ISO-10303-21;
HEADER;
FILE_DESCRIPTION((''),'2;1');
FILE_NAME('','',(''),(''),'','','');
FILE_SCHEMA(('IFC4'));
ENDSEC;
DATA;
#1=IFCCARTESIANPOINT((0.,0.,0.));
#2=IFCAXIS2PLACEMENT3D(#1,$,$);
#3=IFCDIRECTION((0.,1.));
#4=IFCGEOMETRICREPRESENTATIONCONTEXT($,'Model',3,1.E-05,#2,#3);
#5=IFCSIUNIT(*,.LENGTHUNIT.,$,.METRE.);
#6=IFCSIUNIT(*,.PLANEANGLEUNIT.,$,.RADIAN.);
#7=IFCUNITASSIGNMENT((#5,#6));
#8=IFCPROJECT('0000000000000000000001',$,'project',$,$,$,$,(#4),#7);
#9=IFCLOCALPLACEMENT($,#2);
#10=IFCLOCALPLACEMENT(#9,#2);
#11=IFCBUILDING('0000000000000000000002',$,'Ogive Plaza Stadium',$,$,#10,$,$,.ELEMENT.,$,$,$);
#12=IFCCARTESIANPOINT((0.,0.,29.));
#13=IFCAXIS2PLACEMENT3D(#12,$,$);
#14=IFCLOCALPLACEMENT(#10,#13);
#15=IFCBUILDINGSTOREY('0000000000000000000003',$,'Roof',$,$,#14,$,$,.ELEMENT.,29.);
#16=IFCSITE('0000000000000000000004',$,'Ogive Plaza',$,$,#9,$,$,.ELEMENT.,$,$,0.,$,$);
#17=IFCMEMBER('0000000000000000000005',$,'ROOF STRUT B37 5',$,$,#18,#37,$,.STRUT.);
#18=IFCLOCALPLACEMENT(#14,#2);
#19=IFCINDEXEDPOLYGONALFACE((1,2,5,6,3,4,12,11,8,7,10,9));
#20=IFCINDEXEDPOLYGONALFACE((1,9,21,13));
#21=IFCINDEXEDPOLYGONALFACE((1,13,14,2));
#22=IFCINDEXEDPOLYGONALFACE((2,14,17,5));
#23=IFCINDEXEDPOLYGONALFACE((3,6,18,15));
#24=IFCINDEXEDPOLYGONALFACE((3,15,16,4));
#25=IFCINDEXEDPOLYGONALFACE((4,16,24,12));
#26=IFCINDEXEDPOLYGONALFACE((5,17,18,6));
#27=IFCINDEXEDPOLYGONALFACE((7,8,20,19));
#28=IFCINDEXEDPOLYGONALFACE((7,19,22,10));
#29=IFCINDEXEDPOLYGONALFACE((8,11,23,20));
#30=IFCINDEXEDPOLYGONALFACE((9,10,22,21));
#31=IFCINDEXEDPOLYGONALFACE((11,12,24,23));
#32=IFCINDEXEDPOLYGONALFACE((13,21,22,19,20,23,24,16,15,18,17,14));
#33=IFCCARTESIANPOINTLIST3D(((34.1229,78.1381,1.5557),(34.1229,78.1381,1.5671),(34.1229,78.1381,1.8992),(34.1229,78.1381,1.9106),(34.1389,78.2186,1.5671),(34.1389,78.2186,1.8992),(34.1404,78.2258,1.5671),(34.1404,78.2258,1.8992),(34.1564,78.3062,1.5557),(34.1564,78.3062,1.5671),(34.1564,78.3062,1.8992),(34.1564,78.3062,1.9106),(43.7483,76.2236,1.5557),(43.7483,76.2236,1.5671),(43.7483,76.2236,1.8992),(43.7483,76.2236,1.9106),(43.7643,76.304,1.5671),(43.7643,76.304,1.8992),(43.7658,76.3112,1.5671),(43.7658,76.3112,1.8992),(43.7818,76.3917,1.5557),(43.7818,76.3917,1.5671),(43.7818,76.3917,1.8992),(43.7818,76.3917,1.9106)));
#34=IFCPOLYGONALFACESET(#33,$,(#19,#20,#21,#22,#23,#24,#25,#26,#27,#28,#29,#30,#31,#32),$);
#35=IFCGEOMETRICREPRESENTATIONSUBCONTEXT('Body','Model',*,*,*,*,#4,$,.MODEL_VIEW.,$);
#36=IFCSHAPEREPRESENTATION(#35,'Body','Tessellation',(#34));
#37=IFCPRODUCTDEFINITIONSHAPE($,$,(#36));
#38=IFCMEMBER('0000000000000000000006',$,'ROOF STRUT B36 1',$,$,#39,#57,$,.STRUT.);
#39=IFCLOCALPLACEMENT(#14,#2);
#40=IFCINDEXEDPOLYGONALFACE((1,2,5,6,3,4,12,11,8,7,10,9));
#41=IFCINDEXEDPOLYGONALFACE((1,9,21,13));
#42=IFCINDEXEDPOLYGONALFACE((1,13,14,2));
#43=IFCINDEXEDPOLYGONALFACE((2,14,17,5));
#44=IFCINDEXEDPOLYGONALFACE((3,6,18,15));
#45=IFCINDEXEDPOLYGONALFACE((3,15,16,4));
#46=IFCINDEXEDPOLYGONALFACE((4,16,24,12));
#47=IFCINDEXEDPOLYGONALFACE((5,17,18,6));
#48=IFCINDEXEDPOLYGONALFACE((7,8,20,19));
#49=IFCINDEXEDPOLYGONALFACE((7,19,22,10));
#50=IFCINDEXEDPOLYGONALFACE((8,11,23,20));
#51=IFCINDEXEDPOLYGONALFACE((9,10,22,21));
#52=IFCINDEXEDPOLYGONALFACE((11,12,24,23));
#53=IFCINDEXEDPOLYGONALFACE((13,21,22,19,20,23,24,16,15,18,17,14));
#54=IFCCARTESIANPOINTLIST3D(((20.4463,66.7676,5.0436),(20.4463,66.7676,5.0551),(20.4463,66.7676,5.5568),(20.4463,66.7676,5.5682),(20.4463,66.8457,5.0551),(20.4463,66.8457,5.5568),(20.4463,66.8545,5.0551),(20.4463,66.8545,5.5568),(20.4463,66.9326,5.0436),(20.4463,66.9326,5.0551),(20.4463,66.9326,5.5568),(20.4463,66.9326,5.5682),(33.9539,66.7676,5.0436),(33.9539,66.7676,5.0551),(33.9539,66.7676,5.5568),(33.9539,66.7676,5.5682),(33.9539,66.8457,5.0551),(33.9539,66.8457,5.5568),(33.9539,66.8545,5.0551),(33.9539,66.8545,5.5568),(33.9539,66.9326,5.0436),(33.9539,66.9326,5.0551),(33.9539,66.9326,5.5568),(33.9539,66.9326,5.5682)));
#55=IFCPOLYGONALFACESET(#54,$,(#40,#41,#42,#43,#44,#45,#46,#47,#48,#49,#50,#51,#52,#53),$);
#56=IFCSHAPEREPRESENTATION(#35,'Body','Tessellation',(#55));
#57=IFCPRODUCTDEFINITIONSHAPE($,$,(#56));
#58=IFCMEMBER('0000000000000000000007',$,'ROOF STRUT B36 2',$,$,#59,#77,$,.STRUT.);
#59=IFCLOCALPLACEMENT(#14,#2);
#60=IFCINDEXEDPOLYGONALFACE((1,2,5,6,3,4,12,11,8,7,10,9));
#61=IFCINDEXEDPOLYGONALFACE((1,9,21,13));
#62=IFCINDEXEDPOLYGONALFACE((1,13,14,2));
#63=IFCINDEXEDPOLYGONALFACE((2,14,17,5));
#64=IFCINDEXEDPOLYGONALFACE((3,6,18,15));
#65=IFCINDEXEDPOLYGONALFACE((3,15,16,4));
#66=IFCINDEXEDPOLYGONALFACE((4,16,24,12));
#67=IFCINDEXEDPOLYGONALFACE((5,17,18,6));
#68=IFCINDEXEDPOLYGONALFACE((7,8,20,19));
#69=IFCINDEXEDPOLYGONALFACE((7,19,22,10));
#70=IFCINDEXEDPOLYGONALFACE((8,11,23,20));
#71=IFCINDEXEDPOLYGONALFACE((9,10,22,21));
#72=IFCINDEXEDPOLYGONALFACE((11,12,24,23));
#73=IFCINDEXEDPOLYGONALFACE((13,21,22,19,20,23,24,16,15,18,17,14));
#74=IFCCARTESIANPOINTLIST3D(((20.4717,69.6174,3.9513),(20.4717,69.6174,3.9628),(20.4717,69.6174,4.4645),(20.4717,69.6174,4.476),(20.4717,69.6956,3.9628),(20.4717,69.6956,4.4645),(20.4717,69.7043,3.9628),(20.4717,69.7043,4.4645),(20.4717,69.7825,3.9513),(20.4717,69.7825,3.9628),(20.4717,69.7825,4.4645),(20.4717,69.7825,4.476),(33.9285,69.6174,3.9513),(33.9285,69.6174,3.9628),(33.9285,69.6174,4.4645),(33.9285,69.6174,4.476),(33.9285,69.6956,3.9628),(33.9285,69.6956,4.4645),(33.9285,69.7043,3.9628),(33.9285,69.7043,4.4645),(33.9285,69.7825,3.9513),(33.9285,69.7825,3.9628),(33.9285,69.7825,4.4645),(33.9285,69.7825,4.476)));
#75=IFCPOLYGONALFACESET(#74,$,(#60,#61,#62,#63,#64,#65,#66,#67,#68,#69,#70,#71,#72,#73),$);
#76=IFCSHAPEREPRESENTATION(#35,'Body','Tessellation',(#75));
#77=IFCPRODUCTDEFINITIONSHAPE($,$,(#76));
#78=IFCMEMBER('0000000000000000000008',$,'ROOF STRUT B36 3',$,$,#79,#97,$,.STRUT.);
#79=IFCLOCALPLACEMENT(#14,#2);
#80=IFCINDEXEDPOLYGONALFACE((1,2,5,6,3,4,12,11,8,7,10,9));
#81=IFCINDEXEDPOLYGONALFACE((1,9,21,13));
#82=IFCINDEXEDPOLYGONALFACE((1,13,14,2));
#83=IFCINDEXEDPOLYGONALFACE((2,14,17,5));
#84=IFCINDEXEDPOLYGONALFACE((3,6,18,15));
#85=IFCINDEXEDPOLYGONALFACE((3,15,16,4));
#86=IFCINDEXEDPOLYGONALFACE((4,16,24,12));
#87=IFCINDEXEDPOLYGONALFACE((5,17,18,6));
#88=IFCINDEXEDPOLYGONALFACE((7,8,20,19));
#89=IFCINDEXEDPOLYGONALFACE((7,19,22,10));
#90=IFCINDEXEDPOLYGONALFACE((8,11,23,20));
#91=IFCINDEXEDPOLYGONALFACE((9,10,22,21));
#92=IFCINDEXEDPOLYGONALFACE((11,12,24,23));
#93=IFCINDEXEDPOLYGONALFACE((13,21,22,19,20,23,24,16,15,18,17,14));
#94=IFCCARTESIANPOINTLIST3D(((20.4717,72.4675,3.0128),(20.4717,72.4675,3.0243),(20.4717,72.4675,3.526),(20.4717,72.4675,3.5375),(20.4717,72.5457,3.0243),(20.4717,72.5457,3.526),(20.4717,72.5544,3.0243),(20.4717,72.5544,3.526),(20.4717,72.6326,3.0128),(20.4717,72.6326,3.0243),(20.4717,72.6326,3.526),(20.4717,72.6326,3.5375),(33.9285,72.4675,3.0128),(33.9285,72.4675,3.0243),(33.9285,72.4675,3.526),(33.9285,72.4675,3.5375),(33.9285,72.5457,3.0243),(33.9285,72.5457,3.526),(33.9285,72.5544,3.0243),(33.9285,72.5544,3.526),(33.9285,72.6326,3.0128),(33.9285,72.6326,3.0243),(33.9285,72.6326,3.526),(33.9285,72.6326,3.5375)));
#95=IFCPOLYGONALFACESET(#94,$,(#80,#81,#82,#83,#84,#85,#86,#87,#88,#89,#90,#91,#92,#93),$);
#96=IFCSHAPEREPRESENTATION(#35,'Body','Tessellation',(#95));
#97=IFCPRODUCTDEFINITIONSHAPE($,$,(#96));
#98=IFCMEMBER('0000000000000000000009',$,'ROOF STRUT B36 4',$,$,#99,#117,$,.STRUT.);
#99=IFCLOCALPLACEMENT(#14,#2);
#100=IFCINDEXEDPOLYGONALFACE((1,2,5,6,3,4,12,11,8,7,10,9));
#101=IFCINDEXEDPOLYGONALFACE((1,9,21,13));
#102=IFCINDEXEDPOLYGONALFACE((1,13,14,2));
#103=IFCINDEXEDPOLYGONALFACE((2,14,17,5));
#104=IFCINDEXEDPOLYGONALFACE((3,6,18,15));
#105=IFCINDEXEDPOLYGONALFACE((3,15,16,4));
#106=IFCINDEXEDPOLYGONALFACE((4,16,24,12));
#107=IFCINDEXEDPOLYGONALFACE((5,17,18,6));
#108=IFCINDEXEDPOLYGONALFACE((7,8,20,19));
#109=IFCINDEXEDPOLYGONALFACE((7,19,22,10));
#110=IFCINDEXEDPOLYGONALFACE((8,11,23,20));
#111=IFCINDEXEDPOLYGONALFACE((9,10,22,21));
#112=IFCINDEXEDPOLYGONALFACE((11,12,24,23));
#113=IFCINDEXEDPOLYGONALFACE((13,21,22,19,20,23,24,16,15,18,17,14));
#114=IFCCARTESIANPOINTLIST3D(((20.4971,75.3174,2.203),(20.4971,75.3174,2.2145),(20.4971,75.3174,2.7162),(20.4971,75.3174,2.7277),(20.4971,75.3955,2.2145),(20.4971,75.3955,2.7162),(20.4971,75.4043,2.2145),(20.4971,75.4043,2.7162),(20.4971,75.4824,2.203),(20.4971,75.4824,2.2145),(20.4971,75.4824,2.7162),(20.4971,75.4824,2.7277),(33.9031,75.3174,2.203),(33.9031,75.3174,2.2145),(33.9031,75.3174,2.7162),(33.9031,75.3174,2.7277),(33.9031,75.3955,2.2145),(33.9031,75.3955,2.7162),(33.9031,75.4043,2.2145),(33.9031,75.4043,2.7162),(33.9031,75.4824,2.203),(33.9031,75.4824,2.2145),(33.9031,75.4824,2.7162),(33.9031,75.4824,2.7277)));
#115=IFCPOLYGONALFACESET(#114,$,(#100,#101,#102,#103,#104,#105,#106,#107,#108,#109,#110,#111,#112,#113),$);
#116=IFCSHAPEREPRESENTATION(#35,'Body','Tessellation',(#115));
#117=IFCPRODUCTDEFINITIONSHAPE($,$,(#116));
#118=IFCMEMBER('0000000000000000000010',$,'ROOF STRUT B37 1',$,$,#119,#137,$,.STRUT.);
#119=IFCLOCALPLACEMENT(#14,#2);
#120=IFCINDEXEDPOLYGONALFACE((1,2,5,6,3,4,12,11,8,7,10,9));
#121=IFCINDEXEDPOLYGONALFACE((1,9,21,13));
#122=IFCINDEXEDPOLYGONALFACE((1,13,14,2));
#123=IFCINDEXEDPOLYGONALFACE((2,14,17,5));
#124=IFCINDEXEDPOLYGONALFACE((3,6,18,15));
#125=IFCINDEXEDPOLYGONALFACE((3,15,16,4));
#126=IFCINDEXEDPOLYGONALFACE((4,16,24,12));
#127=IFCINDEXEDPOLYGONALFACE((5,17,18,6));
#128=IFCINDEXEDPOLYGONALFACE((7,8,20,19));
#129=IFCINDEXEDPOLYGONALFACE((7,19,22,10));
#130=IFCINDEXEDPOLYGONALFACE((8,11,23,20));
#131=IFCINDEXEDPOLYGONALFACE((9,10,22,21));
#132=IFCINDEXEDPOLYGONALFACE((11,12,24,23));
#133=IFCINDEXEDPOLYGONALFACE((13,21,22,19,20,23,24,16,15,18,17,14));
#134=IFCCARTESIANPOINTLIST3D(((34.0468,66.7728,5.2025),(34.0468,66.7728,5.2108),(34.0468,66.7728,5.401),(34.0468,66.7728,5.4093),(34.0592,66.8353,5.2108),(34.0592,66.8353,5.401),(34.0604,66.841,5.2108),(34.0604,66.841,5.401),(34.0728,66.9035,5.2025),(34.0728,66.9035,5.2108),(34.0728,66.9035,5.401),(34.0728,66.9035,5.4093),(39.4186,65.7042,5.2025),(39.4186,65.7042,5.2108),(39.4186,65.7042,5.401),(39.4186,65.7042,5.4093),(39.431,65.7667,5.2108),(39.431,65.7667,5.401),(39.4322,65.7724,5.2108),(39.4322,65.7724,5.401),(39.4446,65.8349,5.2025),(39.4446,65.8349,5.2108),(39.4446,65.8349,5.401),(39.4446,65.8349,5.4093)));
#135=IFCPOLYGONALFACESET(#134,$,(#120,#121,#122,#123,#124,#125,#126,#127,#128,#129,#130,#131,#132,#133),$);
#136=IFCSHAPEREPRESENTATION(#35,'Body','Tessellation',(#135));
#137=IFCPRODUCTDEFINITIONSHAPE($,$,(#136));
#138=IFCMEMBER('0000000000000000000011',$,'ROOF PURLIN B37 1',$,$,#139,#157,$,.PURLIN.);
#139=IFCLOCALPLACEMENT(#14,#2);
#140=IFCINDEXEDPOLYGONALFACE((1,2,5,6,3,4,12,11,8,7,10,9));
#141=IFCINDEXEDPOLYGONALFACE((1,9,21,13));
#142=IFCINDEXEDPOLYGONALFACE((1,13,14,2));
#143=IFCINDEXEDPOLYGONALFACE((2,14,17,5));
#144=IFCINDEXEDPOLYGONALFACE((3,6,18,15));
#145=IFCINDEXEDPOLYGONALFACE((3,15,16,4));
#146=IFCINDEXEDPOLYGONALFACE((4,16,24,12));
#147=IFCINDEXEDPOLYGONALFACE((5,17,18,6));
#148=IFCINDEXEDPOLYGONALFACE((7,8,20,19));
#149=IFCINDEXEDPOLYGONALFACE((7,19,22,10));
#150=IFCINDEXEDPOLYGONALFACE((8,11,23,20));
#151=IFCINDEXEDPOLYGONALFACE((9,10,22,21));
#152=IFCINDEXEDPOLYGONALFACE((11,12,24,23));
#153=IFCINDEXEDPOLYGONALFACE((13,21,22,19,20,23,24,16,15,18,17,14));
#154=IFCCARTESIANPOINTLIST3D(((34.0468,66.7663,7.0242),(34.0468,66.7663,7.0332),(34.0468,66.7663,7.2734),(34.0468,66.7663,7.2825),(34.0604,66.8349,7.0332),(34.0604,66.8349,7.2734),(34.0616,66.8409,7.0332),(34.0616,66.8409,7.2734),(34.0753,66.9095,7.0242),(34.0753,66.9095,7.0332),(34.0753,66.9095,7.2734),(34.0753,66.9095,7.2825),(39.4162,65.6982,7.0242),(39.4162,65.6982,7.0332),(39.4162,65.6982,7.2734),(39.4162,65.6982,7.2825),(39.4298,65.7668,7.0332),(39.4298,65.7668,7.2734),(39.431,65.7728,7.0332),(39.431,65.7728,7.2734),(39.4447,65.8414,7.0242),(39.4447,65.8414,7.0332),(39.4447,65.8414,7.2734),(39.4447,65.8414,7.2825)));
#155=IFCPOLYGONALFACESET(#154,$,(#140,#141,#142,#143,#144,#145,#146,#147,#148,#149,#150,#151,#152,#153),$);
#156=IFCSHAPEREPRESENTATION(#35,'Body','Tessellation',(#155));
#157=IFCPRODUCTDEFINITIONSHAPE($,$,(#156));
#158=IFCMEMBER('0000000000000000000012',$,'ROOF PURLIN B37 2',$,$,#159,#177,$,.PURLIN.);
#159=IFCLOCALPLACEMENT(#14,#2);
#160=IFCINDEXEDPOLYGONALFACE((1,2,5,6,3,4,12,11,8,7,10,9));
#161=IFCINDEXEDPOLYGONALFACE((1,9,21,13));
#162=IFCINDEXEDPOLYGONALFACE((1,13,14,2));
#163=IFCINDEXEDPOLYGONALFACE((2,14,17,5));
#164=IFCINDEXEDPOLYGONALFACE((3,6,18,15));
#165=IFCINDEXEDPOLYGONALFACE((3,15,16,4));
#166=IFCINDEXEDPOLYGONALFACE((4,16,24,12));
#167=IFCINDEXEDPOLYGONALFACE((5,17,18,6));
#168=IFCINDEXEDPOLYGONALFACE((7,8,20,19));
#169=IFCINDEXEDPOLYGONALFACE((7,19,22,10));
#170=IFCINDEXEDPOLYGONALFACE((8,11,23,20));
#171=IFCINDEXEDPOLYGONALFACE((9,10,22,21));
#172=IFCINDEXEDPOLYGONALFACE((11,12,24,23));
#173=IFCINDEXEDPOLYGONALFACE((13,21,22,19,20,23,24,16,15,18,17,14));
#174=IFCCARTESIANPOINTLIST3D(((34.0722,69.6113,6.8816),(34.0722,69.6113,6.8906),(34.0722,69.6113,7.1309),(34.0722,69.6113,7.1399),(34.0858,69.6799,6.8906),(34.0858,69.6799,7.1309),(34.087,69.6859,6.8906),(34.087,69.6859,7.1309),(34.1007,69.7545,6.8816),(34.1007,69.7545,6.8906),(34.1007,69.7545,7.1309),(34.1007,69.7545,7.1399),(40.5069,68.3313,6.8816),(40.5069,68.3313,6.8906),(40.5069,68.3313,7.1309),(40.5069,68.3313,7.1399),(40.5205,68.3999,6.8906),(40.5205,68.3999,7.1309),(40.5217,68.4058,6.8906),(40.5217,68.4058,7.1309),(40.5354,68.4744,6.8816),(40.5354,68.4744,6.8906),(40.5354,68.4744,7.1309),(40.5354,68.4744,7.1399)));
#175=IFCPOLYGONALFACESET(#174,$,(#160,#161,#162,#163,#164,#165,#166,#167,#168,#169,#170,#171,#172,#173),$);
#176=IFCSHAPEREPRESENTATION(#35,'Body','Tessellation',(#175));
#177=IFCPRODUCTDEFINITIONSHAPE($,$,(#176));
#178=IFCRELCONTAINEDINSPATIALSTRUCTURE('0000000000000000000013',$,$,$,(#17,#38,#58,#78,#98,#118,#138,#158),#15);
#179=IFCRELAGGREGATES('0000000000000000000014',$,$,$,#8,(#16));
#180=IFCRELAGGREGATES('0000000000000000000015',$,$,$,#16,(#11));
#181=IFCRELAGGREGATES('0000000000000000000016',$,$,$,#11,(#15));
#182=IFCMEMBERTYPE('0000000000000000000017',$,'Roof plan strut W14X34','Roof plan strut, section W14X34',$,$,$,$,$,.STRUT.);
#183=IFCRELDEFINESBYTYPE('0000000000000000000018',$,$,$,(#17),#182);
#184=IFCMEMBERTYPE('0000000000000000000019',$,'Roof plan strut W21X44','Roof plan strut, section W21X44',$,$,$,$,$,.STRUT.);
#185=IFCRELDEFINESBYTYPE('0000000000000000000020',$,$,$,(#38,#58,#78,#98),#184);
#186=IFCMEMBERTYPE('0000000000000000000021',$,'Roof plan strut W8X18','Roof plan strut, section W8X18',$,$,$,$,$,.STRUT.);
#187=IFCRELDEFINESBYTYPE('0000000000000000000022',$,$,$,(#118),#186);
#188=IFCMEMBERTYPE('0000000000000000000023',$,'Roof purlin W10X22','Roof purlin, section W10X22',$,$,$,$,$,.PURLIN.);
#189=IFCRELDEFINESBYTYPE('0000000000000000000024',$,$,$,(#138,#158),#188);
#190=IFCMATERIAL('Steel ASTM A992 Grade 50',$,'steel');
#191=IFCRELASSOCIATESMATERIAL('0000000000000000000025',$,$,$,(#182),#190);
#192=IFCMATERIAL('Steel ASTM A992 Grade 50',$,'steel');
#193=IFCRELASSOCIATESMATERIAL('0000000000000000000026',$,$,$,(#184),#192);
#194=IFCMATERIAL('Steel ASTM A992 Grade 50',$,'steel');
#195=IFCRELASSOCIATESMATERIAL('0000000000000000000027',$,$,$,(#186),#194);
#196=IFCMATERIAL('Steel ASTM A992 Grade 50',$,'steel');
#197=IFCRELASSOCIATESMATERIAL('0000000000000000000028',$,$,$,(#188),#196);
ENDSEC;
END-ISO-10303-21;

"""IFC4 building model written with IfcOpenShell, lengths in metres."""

from ifc_helpers import new_model, si_unit, direction, frame, origin, origin_2d, place, context, subcontext, project, spatial, i_section, extrude, material, material_profile, profile_set, type_object, element, save


model = new_model("IFC4")

# Units and contexts
model_context = context("Model", 3, precision=1e-05, world=origin(), true_north=direction((0.0, 1.0)))
body_context = subcontext(model_context, "Body", "Model", "MODEL_VIEW")
ifc_project = project(units=[si_unit("LENGTHUNIT", "METRE"), si_unit("PLANEANGLEUNIT", "RADIAN")], contexts=[model_context])

# Site, building, storey
site_placement = place(None, origin())
site = spatial("IfcSite", under=ifc_project, at=site_placement, Name="Ogive Plaza", CompositionType="ELEMENT", RefElevation=0.0)
building_placement = place(site_placement, origin())
building = spatial("IfcBuilding", under=site, at=building_placement, Name="Ogive Plaza Stadium", CompositionType="ELEMENT")
storey_placement = place(building_placement, frame((0.0, 0.0, 29.0)))
storey = spatial("IfcBuildingStorey", under=building, at=storey_placement, Name="Roof", CompositionType="ELEMENT", Elevation=29.0)

# Members
ifc_material_1 = material(Name="Steel ASTM A992 Grade 50", Category="steel")
ifc_material_profile_1 = material_profile(ifc_material_1, i_section(OverallWidth=0.1714, OverallDepth=0.355, WebThickness=0.0073, FlangeThickness=0.0115, at=origin_2d()), Name="W14X34")
ifc_profile_set_1 = profile_set([ifc_material_profile_1], Name="Steel ASTM A992 Grade 50")
member_type_1 = type_object("IfcMemberType", Name="Roof plan strut W14X34", Description="Roof plan strut, section W14X34", PredefinedType="STRUT", material=ifc_profile_set_1)
member_1_placement = place(storey_placement, frame((34.1396, 78.2222, 1.7332), z_axis=(0.980787, -0.195083, 0.0), x_axis=(0.195083, 0.980787, 0.0)))
element("IfcMember", 1, at=member_1_placement, inside=storey, type_object=member_type_1, Name="ROOF STRUT B37 5", PredefinedType="STRUT", context=body_context, shape_type="SweptSolid", body=[
    extrude(i_section(OverallWidth=0.1714, OverallDepth=0.355, WebThickness=0.0073, FlangeThickness=0.0115, at=origin_2d()), origin(), (0.0, 0.0, 1.0), 9.814),
])
ifc_material_2 = material(Name="Steel ASTM A992 Grade 50", Category="steel")
ifc_material_profile_2 = material_profile(ifc_material_2, i_section(OverallWidth=0.165, OverallDepth=0.5247, WebThickness=0.0088, FlangeThickness=0.0115, at=origin_2d()), Name="W21X44")
ifc_profile_set_2 = profile_set([ifc_material_profile_2], Name="Steel ASTM A992 Grade 50")
member_type_2 = type_object("IfcMemberType", Name="Roof plan strut W21X44", Description="Roof plan strut, section W21X44", PredefinedType="STRUT", material=ifc_profile_set_2)
member_2_placement = place(storey_placement, frame((20.4463, 66.8501, 5.3059), z_axis=(1.0, 0.0, 0.0), x_axis=(0.0, 1.0, 0.0)))
element("IfcMember", 2, at=member_2_placement, inside=storey, type_object=member_type_2, Name="ROOF STRUT B36 1", PredefinedType="STRUT", context=body_context, shape_type="SweptSolid", body=[
    extrude(i_section(OverallWidth=0.165, OverallDepth=0.5247, WebThickness=0.0088, FlangeThickness=0.0115, at=origin_2d()), origin(), (0.0, 0.0, 1.0), 13.5076),
])
for number, where, z_axis, x_axis, name in (
    (3, (20.4717, 69.7, 4.2136), (1.0, 0.0, 0.0), (0.0, 1.0, 0.0), "ROOF STRUT B36 2"),
    (4, (20.4717, 72.55, 3.2751), (1.0, 0.0, 0.0), (0.0, 1.0, 0.0), "ROOF STRUT B36 3"),
):
    element("IfcMember", number, at=place(storey_placement, frame(where, z_axis=z_axis, x_axis=x_axis)), inside=storey, type_object=member_type_2, Name=name, PredefinedType="STRUT", context=body_context, shape_type="SweptSolid", body=[
        extrude(i_section(OverallWidth=0.165, OverallDepth=0.5247, WebThickness=0.0088, FlangeThickness=0.0115, at=origin_2d()), origin(), (0.0, 0.0, 1.0), 13.4568),
    ])
member_3_placement = place(storey_placement, frame((20.4971, 75.3999, 2.4653), z_axis=(1.0, 0.0, 0.0), x_axis=(0.0, 1.0, 0.0)))
element("IfcMember", 5, at=member_3_placement, inside=storey, type_object=member_type_2, Name="ROOF STRUT B36 4", PredefinedType="STRUT", context=body_context, shape_type="SweptSolid", body=[
    extrude(i_section(OverallWidth=0.165, OverallDepth=0.5247, WebThickness=0.0088, FlangeThickness=0.0115, at=origin_2d()), origin(), (0.0, 0.0, 1.0), 13.406),
])
ifc_material_3 = material(Name="Steel ASTM A992 Grade 50", Category="steel")
ifc_material_profile_3 = material_profile(ifc_material_3, i_section(OverallWidth=0.1333, OverallDepth=0.2068, WebThickness=0.0059, FlangeThickness=0.0083, at=origin_2d()), Name="W8X18")
ifc_profile_set_3 = profile_set([ifc_material_profile_3], Name="Steel ASTM A992 Grade 50")
member_type_3 = type_object("IfcMemberType", Name="Roof plan strut W8X18", Description="Roof plan strut, section W8X18", PredefinedType="STRUT", material=ifc_profile_set_3)
member_4_placement = place(storey_placement, frame((34.0598, 66.8381, 5.3059), z_axis=(0.980782, -0.195105, 0.0), x_axis=(0.195105, 0.980782, 0.0)))
element("IfcMember", 6, at=member_4_placement, inside=storey, type_object=member_type_3, Name="ROOF STRUT B37 1", PredefinedType="STRUT", context=body_context, shape_type="SweptSolid", body=[
    extrude(i_section(OverallWidth=0.1333, OverallDepth=0.2068, WebThickness=0.0059, FlangeThickness=0.0083, at=origin_2d()), origin(), (0.0, 0.0, 1.0), 5.4771),
])
ifc_material_4 = material(Name="Steel ASTM A992 Grade 50", Category="steel")
ifc_material_profile_4 = material_profile(ifc_material_4, i_section(OverallWidth=0.146, OverallDepth=0.2583, WebThickness=0.0061, FlangeThickness=0.009, at=origin_2d()), Name="W10X22")
ifc_profile_set_4 = profile_set([ifc_material_profile_4], Name="Steel ASTM A992 Grade 50")
member_type_4 = type_object("IfcMemberType", Name="Roof purlin W10X22", Description="Roof purlin, section W10X22", PredefinedType="PURLIN", material=ifc_profile_set_4)
member_5_placement = place(storey_placement, frame((34.061, 66.8379, 7.1533), z_axis=(0.980783, -0.195104, 0.0), x_axis=(0.195104, 0.980783, 0.0)))
element("IfcMember", 7, at=member_5_placement, inside=storey, type_object=member_type_4, Name="ROOF PURLIN B37 1", PredefinedType="PURLIN", context=body_context, shape_type="SweptSolid", body=[
    extrude(i_section(OverallWidth=0.146, OverallDepth=0.2583, WebThickness=0.0061, FlangeThickness=0.009, at=origin_2d()), origin(), (0.0, 0.0, 1.0), 5.4746),
])
member_6_placement = place(storey_placement, frame((34.0864, 69.6829, 7.0107), z_axis=(0.980783, -0.1951, 0.0), x_axis=(0.1951, 0.980783, 0.0)))
element("IfcMember", 8, at=member_6_placement, inside=storey, type_object=member_type_4, Name="ROOF PURLIN B37 2", PredefinedType="PURLIN", context=body_context, shape_type="SweptSolid", body=[
    extrude(i_section(OverallWidth=0.146, OverallDepth=0.2583, WebThickness=0.0061, FlangeThickness=0.009, at=origin_2d()), origin(), (0.0, 0.0, 1.0), 6.5608),
])

save(model, "model.ifc")
